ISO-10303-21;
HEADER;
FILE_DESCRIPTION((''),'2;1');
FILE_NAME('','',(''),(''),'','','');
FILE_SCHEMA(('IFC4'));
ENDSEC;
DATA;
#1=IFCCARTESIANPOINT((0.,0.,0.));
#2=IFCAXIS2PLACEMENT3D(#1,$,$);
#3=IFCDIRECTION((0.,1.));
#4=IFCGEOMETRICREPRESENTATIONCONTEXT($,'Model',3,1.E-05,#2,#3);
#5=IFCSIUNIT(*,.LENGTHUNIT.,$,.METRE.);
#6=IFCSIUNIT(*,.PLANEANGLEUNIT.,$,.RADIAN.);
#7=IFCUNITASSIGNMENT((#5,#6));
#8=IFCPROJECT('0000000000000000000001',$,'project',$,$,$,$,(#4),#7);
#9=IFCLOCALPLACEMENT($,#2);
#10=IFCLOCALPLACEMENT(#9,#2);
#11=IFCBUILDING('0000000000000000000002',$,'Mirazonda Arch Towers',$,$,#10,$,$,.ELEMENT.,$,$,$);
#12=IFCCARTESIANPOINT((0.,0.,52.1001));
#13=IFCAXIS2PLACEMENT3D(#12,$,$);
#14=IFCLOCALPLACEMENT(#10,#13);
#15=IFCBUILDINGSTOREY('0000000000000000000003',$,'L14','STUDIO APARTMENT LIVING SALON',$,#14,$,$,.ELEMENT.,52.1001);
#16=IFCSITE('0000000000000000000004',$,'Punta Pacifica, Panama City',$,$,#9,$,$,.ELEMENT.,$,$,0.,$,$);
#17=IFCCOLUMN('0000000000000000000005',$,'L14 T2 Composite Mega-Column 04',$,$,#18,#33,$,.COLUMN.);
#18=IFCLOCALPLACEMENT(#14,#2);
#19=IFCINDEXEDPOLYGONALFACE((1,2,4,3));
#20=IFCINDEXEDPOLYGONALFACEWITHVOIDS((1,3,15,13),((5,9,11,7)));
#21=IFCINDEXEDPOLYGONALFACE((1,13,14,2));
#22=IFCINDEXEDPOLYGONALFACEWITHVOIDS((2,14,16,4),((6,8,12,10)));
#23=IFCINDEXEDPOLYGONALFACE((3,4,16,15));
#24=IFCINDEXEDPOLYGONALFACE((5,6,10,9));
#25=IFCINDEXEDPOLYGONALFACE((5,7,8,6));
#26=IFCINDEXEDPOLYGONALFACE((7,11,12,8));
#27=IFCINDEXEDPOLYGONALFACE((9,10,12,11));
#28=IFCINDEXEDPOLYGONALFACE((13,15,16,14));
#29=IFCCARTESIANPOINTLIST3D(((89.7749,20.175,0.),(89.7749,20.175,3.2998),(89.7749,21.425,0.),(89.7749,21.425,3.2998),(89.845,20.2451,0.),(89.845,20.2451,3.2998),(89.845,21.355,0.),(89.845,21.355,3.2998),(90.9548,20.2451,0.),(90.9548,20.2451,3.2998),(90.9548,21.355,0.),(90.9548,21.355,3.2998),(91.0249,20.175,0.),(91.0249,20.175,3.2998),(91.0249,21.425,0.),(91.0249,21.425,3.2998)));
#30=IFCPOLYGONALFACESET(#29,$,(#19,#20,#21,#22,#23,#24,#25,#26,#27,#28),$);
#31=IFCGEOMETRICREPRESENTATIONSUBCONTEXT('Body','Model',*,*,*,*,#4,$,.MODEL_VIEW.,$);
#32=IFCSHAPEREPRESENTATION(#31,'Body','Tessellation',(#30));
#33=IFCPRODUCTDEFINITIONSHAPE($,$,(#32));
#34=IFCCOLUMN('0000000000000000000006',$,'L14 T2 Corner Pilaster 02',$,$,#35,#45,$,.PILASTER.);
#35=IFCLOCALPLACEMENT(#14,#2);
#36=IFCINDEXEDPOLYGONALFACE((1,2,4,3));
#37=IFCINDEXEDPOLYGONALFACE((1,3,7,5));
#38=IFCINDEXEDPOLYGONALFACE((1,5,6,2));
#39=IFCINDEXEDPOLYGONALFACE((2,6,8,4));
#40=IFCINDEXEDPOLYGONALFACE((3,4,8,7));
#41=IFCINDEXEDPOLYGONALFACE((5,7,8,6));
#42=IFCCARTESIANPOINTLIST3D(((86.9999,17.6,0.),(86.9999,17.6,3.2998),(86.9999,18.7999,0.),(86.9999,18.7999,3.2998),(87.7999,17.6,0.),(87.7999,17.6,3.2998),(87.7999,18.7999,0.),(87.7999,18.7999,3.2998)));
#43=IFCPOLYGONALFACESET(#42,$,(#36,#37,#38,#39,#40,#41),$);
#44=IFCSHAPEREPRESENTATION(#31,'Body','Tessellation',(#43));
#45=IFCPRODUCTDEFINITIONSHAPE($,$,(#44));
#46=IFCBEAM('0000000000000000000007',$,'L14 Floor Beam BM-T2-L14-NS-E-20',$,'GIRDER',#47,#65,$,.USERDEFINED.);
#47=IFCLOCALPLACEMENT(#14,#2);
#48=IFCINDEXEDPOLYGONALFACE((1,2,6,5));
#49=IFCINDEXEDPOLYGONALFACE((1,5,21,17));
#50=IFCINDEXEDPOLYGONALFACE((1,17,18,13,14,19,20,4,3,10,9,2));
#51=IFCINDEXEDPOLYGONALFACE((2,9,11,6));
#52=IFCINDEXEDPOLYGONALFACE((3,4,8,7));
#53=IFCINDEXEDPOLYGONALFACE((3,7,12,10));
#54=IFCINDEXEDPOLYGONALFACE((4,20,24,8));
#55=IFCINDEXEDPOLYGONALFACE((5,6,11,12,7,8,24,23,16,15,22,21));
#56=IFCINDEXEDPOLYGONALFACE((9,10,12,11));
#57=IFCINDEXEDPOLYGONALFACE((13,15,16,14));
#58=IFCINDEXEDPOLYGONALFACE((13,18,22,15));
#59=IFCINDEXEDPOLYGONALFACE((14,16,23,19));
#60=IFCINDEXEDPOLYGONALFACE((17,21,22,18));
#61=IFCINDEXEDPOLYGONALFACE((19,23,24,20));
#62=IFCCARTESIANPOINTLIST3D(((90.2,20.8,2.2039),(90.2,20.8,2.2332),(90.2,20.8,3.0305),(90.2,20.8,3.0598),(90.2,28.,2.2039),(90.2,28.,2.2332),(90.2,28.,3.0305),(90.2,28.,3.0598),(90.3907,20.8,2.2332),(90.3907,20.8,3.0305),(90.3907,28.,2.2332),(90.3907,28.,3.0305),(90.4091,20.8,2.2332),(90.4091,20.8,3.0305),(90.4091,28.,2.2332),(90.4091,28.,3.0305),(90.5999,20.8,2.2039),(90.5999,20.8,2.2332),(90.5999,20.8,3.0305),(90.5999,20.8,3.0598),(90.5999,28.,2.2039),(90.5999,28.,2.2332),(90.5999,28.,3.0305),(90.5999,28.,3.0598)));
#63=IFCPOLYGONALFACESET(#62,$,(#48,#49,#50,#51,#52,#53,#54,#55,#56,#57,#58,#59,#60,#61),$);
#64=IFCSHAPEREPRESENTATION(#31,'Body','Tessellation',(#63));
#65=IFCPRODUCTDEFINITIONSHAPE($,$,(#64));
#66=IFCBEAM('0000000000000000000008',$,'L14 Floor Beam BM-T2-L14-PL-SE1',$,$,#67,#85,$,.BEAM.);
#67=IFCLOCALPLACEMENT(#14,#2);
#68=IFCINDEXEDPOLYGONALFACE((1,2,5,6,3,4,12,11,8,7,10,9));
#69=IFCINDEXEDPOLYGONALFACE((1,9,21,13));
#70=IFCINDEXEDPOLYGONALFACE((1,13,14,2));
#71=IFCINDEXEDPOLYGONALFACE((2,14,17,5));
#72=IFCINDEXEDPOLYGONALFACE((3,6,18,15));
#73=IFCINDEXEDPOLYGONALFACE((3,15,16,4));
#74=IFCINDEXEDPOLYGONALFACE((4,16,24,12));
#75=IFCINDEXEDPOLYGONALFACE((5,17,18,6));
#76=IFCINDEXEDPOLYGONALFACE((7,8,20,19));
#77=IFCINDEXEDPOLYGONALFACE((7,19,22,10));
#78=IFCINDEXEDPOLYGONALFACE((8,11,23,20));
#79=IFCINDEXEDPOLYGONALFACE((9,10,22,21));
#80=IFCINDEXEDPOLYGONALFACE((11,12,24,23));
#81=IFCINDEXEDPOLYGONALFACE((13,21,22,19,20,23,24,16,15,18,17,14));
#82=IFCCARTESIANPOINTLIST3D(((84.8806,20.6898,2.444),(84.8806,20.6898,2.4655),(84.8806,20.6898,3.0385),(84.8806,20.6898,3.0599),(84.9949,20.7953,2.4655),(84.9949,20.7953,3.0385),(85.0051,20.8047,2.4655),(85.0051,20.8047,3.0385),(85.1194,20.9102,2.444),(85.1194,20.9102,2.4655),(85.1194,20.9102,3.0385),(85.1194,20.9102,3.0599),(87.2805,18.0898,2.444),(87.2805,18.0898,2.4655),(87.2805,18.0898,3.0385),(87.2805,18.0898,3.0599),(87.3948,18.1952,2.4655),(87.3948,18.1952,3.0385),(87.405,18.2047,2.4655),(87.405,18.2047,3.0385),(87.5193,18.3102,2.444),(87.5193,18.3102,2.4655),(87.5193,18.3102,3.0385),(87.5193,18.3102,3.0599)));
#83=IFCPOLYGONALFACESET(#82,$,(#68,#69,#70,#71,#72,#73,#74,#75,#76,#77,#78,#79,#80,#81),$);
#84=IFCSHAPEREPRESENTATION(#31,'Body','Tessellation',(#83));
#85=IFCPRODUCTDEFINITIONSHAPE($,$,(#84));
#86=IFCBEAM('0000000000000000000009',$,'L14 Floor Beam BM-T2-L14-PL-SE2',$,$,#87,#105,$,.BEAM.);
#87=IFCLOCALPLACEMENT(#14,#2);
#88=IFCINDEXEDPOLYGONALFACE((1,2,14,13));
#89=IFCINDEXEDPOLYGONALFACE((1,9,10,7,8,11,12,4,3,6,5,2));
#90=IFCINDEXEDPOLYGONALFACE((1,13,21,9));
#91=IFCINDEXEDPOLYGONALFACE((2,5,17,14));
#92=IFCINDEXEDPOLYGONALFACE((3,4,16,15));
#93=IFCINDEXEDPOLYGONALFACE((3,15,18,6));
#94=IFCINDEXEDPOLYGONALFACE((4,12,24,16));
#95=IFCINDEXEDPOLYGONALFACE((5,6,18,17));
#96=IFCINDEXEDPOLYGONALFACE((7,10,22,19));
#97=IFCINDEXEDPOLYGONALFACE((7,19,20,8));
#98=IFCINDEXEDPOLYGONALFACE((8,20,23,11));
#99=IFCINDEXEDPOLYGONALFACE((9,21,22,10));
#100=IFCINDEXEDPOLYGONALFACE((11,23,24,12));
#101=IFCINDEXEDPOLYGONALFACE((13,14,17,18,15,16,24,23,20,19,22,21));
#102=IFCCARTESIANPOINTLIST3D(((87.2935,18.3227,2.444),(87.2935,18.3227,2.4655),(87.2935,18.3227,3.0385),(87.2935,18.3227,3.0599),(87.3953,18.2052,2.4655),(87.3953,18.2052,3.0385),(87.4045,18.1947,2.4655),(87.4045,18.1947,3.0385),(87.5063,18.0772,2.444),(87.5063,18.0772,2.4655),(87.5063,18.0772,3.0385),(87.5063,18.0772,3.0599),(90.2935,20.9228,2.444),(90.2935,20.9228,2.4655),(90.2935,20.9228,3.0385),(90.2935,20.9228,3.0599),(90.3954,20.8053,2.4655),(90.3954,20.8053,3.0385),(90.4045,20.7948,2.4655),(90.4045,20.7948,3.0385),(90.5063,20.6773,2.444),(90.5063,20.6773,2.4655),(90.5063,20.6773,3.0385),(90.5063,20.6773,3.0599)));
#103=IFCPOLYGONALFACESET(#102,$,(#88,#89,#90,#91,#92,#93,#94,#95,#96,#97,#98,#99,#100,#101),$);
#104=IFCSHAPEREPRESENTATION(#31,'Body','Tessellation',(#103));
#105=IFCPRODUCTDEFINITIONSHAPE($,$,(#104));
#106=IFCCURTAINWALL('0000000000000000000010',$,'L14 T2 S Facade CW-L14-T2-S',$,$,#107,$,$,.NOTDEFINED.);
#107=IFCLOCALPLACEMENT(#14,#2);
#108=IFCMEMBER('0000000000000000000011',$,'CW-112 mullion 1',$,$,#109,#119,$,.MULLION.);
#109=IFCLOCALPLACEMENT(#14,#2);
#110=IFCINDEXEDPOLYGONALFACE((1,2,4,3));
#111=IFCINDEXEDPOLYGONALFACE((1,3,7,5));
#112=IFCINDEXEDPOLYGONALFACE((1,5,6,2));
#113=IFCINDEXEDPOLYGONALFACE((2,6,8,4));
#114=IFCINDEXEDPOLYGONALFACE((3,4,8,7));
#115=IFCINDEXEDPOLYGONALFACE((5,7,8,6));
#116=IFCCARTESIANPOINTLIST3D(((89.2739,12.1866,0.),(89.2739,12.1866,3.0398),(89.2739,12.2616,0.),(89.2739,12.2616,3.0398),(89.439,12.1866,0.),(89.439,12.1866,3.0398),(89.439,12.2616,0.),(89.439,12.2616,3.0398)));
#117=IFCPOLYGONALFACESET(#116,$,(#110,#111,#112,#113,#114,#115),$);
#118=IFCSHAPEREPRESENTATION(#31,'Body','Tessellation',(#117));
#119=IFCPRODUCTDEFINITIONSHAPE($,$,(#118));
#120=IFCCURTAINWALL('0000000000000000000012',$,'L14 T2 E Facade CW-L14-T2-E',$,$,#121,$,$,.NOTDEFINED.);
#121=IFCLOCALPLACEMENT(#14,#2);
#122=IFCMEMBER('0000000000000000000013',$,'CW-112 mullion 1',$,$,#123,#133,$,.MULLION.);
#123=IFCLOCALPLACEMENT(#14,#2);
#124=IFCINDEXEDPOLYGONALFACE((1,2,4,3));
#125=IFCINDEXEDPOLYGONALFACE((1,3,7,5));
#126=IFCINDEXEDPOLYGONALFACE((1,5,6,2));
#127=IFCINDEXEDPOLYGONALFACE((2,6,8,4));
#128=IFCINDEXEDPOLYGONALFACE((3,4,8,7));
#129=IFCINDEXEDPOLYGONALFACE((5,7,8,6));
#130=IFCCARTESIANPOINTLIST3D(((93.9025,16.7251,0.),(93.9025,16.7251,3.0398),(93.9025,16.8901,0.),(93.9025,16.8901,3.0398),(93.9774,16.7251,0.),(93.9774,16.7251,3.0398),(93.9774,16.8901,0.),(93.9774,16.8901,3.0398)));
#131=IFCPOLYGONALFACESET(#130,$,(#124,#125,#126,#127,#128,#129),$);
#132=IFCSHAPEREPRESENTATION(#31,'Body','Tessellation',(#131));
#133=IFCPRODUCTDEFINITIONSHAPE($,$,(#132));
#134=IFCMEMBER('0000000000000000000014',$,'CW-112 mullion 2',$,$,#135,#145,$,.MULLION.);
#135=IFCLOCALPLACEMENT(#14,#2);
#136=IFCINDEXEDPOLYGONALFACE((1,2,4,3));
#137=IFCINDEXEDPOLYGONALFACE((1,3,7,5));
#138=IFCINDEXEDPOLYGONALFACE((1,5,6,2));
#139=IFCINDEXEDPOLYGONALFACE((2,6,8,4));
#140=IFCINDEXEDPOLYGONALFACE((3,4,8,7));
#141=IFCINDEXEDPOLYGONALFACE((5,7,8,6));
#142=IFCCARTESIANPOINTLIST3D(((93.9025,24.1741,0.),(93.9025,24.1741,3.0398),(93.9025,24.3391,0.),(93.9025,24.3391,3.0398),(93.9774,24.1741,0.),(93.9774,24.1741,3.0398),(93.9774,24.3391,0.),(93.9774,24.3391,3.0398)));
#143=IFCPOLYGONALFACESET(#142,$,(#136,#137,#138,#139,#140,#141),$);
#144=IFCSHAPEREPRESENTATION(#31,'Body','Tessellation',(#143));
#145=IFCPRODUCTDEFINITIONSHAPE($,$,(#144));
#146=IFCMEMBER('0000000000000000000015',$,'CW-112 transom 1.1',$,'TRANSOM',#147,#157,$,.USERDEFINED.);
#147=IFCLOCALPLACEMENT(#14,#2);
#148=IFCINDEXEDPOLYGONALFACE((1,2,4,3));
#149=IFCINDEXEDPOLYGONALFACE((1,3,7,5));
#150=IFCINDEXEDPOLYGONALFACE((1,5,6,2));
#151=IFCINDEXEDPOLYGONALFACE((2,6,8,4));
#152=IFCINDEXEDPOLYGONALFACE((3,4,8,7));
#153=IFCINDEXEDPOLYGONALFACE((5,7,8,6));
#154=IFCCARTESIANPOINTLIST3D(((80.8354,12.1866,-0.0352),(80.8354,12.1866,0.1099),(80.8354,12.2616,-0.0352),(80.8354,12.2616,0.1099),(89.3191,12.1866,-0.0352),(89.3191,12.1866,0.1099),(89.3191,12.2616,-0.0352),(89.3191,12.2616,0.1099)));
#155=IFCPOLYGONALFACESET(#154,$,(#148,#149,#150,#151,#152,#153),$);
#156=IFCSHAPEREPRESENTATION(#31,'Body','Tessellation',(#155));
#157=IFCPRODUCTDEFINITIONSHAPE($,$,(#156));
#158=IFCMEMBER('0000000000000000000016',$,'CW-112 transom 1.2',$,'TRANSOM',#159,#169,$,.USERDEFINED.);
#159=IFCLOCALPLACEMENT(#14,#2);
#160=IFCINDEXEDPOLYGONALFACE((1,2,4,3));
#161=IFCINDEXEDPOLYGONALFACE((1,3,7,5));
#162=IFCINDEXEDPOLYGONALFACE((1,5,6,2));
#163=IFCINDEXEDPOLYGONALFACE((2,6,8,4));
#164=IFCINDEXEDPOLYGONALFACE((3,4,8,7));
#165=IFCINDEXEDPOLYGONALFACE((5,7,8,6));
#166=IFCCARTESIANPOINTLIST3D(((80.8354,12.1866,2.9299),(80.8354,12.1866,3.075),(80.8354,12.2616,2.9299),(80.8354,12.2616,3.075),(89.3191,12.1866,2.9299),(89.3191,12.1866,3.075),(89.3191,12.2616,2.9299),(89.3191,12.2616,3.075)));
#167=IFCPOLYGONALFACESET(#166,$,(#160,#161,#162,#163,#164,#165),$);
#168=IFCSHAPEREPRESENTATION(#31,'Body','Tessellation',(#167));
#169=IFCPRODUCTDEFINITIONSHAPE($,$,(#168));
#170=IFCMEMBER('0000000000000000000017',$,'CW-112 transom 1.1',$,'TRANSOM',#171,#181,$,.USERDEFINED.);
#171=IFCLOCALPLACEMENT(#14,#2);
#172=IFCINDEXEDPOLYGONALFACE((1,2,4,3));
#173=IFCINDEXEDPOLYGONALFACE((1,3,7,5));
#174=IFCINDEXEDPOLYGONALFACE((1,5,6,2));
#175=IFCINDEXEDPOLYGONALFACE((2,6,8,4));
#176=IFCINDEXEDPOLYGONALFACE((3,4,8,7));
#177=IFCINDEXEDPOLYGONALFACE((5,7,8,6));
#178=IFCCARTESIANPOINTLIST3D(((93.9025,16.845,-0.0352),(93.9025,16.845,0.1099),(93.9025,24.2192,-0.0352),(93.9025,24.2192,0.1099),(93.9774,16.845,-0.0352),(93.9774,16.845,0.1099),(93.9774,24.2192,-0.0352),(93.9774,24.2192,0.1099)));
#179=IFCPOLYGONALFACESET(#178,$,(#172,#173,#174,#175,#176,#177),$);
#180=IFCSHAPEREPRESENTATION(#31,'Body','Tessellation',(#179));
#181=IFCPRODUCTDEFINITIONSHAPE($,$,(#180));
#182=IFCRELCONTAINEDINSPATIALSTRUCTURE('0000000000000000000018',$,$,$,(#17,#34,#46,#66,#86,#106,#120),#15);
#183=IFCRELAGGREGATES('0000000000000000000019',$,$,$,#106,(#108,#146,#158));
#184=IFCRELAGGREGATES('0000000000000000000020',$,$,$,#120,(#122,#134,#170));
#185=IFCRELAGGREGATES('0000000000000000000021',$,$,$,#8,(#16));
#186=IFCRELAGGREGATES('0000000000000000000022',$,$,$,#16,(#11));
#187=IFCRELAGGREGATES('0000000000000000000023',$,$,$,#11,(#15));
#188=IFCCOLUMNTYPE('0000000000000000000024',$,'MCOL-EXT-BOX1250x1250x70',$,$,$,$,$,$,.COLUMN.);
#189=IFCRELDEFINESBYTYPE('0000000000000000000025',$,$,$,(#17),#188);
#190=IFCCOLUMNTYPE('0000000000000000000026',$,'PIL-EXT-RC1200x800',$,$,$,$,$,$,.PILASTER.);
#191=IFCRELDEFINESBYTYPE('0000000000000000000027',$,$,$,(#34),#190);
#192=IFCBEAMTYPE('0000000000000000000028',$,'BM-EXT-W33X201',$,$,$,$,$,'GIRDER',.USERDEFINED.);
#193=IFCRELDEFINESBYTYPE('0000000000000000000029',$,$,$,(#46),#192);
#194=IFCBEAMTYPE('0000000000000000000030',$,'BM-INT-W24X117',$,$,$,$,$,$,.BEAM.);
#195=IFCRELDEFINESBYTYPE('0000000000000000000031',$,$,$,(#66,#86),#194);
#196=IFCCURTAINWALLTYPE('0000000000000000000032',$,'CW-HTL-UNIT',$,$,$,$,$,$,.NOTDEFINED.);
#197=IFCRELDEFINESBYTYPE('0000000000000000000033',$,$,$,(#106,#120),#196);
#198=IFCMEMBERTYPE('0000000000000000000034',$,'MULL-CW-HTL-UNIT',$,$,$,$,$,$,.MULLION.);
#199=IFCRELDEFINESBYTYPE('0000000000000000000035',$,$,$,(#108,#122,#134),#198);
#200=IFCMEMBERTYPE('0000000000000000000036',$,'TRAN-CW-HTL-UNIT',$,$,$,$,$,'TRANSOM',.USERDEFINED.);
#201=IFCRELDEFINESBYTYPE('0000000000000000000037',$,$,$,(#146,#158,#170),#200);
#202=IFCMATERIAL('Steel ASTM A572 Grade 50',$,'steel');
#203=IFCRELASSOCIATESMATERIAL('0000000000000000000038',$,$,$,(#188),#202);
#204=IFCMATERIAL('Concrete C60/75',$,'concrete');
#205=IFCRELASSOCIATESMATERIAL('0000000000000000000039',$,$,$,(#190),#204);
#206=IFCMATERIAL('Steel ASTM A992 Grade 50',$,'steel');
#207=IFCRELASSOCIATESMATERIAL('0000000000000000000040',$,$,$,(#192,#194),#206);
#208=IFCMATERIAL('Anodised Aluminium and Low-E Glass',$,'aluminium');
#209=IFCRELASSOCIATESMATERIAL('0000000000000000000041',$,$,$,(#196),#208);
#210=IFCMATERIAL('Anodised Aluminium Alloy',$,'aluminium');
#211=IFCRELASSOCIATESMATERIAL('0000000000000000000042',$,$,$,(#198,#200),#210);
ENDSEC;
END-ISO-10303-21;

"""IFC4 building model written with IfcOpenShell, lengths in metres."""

from ifc_helpers import new_model, si_unit, direction, frame, origin, origin_2d, place, context, subcontext, project, spatial, rectangle, hollow_rectangle, i_section, extrude, material, material_profile, profile_set, type_object, element, aggregate, save


model = new_model("IFC4")

# Units and contexts
model_context = context("Model", 3, precision=1e-05, world=origin(), true_north=direction((0.0, 1.0)))
body_context = subcontext(model_context, "Body", "Model", "MODEL_VIEW")
ifc_project = project(units=[si_unit("LENGTHUNIT", "METRE"), si_unit("PLANEANGLEUNIT", "RADIAN")], contexts=[model_context])

# Site, building, storey
site_placement = place(None, origin())
site = spatial("IfcSite", under=ifc_project, at=site_placement, Name="Punta Pacifica, Panama City", CompositionType="ELEMENT", RefElevation=0.0)
building_placement = place(site_placement, origin())
building = spatial("IfcBuilding", under=site, at=building_placement, Name="Mirazonda Arch Towers", CompositionType="ELEMENT")
storey_placement = place(building_placement, frame((0.0, 0.0, 52.1001)))
storey = spatial("IfcBuildingStorey", under=building, at=storey_placement, Name="L14", Description="STUDIO APARTMENT LIVING SALON", CompositionType="ELEMENT", Elevation=52.1001)

# Columns
ifc_material_1 = material(Name="Steel ASTM A572 Grade 50", Category="steel")
ifc_material_profile_1 = material_profile(ifc_material_1, hollow_rectangle(XDim=1.25, YDim=1.25, WallThickness=0.0701, at=origin_2d()), Name="BOX1250x1250x70")
ifc_profile_set_1 = profile_set([ifc_material_profile_1], Name="Steel ASTM A572 Grade 50")
column_type_1 = type_object("IfcColumnType", Name="MCOL-EXT-BOX1250x1250x70", PredefinedType="COLUMN", material=ifc_profile_set_1)
column_1_placement = place(storey_placement, frame((90.3999, 20.8, 0.0), z_axis=(0.0, 0.0, 1.0), x_axis=(1.0, 0.0, 0.0)))
element("IfcColumn", 1, at=column_1_placement, inside=storey, type_object=column_type_1, Name="L14 T2 Composite Mega-Column 04", PredefinedType="COLUMN", context=body_context, shape_type="SweptSolid", body=[
    extrude(hollow_rectangle(XDim=1.25, YDim=1.25, WallThickness=0.0701, at=origin_2d()), origin(), (0.0, 0.0, 1.0), 3.2998),
])
ifc_material_2 = material(Name="Concrete C60/75", Category="concrete")
ifc_material_profile_2 = material_profile(ifc_material_2, rectangle(XDim=0.8, YDim=1.2, at=origin_2d()), Name="RC1200x800")
ifc_profile_set_2 = profile_set([ifc_material_profile_2], Name="Concrete C60/75")
column_type_2 = type_object("IfcColumnType", Name="PIL-EXT-RC1200x800", PredefinedType="PILASTER", material=ifc_profile_set_2)
column_2_placement = place(storey_placement, frame((87.3999, 18.2, 0.0), z_axis=(0.0, 0.0, 1.0), x_axis=(1.0, 0.0, 0.0)))
element("IfcColumn", 2, at=column_2_placement, inside=storey, type_object=column_type_2, Name="L14 T2 Corner Pilaster 02", PredefinedType="PILASTER", context=body_context, shape_type="SweptSolid", body=[
    extrude(rectangle(XDim=0.8, YDim=1.2, at=origin_2d()), origin(), (0.0, 0.0, 1.0), 3.2998),
])

# Beams
ifc_material_3 = material(Name="Steel ASTM A992 Grade 50", Category="steel")
ifc_material_profile_3 = material_profile(ifc_material_3, i_section(OverallWidth=0.3999, OverallDepth=0.856, WebThickness=0.0183, FlangeThickness=0.0293, at=origin_2d()), Name="W33X201")
ifc_profile_set_3 = profile_set([ifc_material_profile_3], Name="Steel ASTM A992 Grade 50")
beam_type_1 = type_object("IfcBeamType", Name="BM-EXT-W33X201", ElementType="GIRDER", PredefinedType="USERDEFINED", material=ifc_profile_set_3)
beam_1_placement = place(storey_placement, frame((90.3999, 20.8, 2.6318), z_axis=(0.0, 1.0, 0.0), x_axis=(-1.0, 0.0, 0.0)))
element("IfcBeam", 3, at=beam_1_placement, inside=storey, type_object=beam_type_1, Name="L14 Floor Beam BM-T2-L14-NS-E-20", ObjectType="GIRDER", PredefinedType="USERDEFINED", context=body_context, shape_type="SweptSolid", body=[
    extrude(i_section(OverallWidth=0.3999, OverallDepth=0.856, WebThickness=0.0183, FlangeThickness=0.0293, at=origin_2d()), origin(), (0.0, 0.0, 1.0), 7.2),
])
ifc_material_profile_4 = material_profile(ifc_material_3, i_section(OverallWidth=0.325, OverallDepth=0.616, WebThickness=0.0139, FlangeThickness=0.0215, at=origin_2d()), Name="W24X117")
ifc_profile_set_4 = profile_set([ifc_material_profile_4], Name="Steel ASTM A992 Grade 50")
beam_type_2 = type_object("IfcBeamType", Name="BM-INT-W24X117", PredefinedType="BEAM", material=ifc_profile_set_4)
beam_2_placement = place(storey_placement, frame((87.3999, 18.2, 2.752), z_axis=(-0.678251, 0.73483, 0.0), x_axis=(-0.73483, -0.678251, 0.0)))
element("IfcBeam", 4, at=beam_2_placement, inside=storey, type_object=beam_type_2, Name="L14 Floor Beam BM-T2-L14-PL-SE1", PredefinedType="BEAM", context=body_context, shape_type="SweptSolid", body=[
    extrude(i_section(OverallWidth=0.325, OverallDepth=0.616, WebThickness=0.0139, FlangeThickness=0.0215, at=origin_2d()), origin(), (0.0, 0.0, 1.0), 3.5383),
])
beam_3_placement = place(storey_placement, frame((87.3999, 18.2, 2.752), z_axis=(0.755677, 0.654945, 0.0), x_axis=(-0.654945, 0.755677, 0.0)))
element("IfcBeam", 5, at=beam_3_placement, inside=storey, type_object=beam_type_2, Name="L14 Floor Beam BM-T2-L14-PL-SE2", PredefinedType="BEAM", context=body_context, shape_type="SweptSolid", body=[
    extrude(i_section(OverallWidth=0.325, OverallDepth=0.616, WebThickness=0.0139, FlangeThickness=0.0215, at=origin_2d()), origin(), (0.0, 0.0, 1.0), 3.97),
])

# Curtain wall, member
ifc_material_4 = material(Name="Anodised Aluminium and Low-E Glass", Category="aluminium")
curtain_wall_type = type_object("IfcCurtainWallType", Name="CW-HTL-UNIT", PredefinedType="NOTDEFINED", material=ifc_material_4)
curtain_wall_1_placement = place(storey_placement, origin())
curtain_wall_1 = element("IfcCurtainWall", 6, at=curtain_wall_1_placement, inside=storey, type_object=curtain_wall_type, Name="L14 T2 S Facade CW-L14-T2-S", PredefinedType="NOTDEFINED")
ifc_material_5 = material(Name="Anodised Aluminium Alloy", Category="aluminium")
ifc_material_profile_5 = material_profile(ifc_material_5, rectangle(XDim=0.075, YDim=0.165, at=origin_2d()), Name="ALU-MULL-75x165")
ifc_profile_set_5 = profile_set([ifc_material_profile_5], Name="Anodised Aluminium Alloy")
member_type_1 = type_object("IfcMemberType", Name="MULL-CW-HTL-UNIT", PredefinedType="MULLION", material=ifc_profile_set_5)
member_1_placement = place(storey_placement, frame((89.3564, 12.2241, 0.0), z_axis=(0.0, 0.0, 1.0), x_axis=(0.0, -1.0, 0.0)))
member_1 = element("IfcMember", 7, at=member_1_placement, type_object=member_type_1, Name="CW-112 mullion 1", PredefinedType="MULLION", context=body_context, shape_type="SweptSolid", body=[
    extrude(rectangle(XDim=0.075, YDim=0.165, at=origin_2d()), origin(), (0.0, 0.0, 1.0), 3.0398),
])

# Curtain wall, members
curtain_wall_2_placement = place(storey_placement, origin())
curtain_wall_2 = element("IfcCurtainWall", 8, at=curtain_wall_2_placement, inside=storey, type_object=curtain_wall_type, Name="L14 T2 E Facade CW-L14-T2-E", PredefinedType="NOTDEFINED")
member_2_placement = place(storey_placement, frame((93.9399, 16.8076, 0.0), z_axis=(0.0, 0.0, 1.0), x_axis=(-1.0, 0.0, 0.0)))
member_2 = element("IfcMember", 9, at=member_2_placement, type_object=member_type_1, Name="CW-112 mullion 1", PredefinedType="MULLION", context=body_context, shape_type="SweptSolid", body=[
    extrude(rectangle(XDim=0.075, YDim=0.165, at=origin_2d()), origin(), (0.0, 0.0, 1.0), 3.0398),
])
member_3_placement = place(storey_placement, frame((93.9399, 24.2566, 0.0), z_axis=(0.0, 0.0, 1.0), x_axis=(-1.0, 0.0, 0.0)))
member_3 = element("IfcMember", 10, at=member_3_placement, type_object=member_type_1, Name="CW-112 mullion 2", PredefinedType="MULLION", context=body_context, shape_type="SweptSolid", body=[
    extrude(rectangle(XDim=0.075, YDim=0.165, at=origin_2d()), origin(), (0.0, 0.0, 1.0), 3.0398),
])

# Members
ifc_material_profile_6 = material_profile(ifc_material_5, rectangle(XDim=0.075, YDim=0.145, at=origin_2d()), Name="ALU-TRAN-75x145")
ifc_profile_set_6 = profile_set([ifc_material_profile_6], Name="Anodised Aluminium Alloy")
member_type_2 = type_object("IfcMemberType", Name="TRAN-CW-HTL-UNIT", ElementType="TRANSOM", PredefinedType="USERDEFINED", material=ifc_profile_set_6)
member_4_placement = place(storey_placement, frame((89.3191, 12.2241, 0.0374), z_axis=(-1.0, 0.0, 0.0), x_axis=(0.0, -1.0, 0.0)))
member_4 = element("IfcMember", 11, at=member_4_placement, type_object=member_type_2, Name="CW-112 transom 1.1", ObjectType="TRANSOM", PredefinedType="USERDEFINED", context=body_context, shape_type="SweptSolid", body=[
    extrude(rectangle(XDim=0.075, YDim=0.145, at=origin_2d()), origin(), (0.0, 0.0, 1.0), 8.4836),
])
member_5_placement = place(storey_placement, frame((89.3191, 12.2241, 3.0024), z_axis=(-1.0, 0.0, 0.0), x_axis=(0.0, -1.0, 0.0)))
member_5 = element("IfcMember", 12, at=member_5_placement, type_object=member_type_2, Name="CW-112 transom 1.2", ObjectType="TRANSOM", PredefinedType="USERDEFINED", context=body_context, shape_type="SweptSolid", body=[
    extrude(rectangle(XDim=0.075, YDim=0.145, at=origin_2d()), origin(), (0.0, 0.0, 1.0), 8.4836),
])
aggregate(curtain_wall_1, [member_1, member_4, member_5])
member_6_placement = place(storey_placement, frame((93.9399, 16.845, 0.0374), z_axis=(0.0, 1.0, 0.0), x_axis=(-1.0, 0.0, 0.0)))
member_6 = element("IfcMember", 13, at=member_6_placement, type_object=member_type_2, Name="CW-112 transom 1.1", ObjectType="TRANSOM", PredefinedType="USERDEFINED", context=body_context, shape_type="SweptSolid", body=[
    extrude(rectangle(XDim=0.075, YDim=0.145, at=origin_2d()), origin(), (0.0, 0.0, 1.0), 7.3743),
])

aggregate(curtain_wall_2, [member_2, member_3, member_6])

save(model, "model.ifc")
